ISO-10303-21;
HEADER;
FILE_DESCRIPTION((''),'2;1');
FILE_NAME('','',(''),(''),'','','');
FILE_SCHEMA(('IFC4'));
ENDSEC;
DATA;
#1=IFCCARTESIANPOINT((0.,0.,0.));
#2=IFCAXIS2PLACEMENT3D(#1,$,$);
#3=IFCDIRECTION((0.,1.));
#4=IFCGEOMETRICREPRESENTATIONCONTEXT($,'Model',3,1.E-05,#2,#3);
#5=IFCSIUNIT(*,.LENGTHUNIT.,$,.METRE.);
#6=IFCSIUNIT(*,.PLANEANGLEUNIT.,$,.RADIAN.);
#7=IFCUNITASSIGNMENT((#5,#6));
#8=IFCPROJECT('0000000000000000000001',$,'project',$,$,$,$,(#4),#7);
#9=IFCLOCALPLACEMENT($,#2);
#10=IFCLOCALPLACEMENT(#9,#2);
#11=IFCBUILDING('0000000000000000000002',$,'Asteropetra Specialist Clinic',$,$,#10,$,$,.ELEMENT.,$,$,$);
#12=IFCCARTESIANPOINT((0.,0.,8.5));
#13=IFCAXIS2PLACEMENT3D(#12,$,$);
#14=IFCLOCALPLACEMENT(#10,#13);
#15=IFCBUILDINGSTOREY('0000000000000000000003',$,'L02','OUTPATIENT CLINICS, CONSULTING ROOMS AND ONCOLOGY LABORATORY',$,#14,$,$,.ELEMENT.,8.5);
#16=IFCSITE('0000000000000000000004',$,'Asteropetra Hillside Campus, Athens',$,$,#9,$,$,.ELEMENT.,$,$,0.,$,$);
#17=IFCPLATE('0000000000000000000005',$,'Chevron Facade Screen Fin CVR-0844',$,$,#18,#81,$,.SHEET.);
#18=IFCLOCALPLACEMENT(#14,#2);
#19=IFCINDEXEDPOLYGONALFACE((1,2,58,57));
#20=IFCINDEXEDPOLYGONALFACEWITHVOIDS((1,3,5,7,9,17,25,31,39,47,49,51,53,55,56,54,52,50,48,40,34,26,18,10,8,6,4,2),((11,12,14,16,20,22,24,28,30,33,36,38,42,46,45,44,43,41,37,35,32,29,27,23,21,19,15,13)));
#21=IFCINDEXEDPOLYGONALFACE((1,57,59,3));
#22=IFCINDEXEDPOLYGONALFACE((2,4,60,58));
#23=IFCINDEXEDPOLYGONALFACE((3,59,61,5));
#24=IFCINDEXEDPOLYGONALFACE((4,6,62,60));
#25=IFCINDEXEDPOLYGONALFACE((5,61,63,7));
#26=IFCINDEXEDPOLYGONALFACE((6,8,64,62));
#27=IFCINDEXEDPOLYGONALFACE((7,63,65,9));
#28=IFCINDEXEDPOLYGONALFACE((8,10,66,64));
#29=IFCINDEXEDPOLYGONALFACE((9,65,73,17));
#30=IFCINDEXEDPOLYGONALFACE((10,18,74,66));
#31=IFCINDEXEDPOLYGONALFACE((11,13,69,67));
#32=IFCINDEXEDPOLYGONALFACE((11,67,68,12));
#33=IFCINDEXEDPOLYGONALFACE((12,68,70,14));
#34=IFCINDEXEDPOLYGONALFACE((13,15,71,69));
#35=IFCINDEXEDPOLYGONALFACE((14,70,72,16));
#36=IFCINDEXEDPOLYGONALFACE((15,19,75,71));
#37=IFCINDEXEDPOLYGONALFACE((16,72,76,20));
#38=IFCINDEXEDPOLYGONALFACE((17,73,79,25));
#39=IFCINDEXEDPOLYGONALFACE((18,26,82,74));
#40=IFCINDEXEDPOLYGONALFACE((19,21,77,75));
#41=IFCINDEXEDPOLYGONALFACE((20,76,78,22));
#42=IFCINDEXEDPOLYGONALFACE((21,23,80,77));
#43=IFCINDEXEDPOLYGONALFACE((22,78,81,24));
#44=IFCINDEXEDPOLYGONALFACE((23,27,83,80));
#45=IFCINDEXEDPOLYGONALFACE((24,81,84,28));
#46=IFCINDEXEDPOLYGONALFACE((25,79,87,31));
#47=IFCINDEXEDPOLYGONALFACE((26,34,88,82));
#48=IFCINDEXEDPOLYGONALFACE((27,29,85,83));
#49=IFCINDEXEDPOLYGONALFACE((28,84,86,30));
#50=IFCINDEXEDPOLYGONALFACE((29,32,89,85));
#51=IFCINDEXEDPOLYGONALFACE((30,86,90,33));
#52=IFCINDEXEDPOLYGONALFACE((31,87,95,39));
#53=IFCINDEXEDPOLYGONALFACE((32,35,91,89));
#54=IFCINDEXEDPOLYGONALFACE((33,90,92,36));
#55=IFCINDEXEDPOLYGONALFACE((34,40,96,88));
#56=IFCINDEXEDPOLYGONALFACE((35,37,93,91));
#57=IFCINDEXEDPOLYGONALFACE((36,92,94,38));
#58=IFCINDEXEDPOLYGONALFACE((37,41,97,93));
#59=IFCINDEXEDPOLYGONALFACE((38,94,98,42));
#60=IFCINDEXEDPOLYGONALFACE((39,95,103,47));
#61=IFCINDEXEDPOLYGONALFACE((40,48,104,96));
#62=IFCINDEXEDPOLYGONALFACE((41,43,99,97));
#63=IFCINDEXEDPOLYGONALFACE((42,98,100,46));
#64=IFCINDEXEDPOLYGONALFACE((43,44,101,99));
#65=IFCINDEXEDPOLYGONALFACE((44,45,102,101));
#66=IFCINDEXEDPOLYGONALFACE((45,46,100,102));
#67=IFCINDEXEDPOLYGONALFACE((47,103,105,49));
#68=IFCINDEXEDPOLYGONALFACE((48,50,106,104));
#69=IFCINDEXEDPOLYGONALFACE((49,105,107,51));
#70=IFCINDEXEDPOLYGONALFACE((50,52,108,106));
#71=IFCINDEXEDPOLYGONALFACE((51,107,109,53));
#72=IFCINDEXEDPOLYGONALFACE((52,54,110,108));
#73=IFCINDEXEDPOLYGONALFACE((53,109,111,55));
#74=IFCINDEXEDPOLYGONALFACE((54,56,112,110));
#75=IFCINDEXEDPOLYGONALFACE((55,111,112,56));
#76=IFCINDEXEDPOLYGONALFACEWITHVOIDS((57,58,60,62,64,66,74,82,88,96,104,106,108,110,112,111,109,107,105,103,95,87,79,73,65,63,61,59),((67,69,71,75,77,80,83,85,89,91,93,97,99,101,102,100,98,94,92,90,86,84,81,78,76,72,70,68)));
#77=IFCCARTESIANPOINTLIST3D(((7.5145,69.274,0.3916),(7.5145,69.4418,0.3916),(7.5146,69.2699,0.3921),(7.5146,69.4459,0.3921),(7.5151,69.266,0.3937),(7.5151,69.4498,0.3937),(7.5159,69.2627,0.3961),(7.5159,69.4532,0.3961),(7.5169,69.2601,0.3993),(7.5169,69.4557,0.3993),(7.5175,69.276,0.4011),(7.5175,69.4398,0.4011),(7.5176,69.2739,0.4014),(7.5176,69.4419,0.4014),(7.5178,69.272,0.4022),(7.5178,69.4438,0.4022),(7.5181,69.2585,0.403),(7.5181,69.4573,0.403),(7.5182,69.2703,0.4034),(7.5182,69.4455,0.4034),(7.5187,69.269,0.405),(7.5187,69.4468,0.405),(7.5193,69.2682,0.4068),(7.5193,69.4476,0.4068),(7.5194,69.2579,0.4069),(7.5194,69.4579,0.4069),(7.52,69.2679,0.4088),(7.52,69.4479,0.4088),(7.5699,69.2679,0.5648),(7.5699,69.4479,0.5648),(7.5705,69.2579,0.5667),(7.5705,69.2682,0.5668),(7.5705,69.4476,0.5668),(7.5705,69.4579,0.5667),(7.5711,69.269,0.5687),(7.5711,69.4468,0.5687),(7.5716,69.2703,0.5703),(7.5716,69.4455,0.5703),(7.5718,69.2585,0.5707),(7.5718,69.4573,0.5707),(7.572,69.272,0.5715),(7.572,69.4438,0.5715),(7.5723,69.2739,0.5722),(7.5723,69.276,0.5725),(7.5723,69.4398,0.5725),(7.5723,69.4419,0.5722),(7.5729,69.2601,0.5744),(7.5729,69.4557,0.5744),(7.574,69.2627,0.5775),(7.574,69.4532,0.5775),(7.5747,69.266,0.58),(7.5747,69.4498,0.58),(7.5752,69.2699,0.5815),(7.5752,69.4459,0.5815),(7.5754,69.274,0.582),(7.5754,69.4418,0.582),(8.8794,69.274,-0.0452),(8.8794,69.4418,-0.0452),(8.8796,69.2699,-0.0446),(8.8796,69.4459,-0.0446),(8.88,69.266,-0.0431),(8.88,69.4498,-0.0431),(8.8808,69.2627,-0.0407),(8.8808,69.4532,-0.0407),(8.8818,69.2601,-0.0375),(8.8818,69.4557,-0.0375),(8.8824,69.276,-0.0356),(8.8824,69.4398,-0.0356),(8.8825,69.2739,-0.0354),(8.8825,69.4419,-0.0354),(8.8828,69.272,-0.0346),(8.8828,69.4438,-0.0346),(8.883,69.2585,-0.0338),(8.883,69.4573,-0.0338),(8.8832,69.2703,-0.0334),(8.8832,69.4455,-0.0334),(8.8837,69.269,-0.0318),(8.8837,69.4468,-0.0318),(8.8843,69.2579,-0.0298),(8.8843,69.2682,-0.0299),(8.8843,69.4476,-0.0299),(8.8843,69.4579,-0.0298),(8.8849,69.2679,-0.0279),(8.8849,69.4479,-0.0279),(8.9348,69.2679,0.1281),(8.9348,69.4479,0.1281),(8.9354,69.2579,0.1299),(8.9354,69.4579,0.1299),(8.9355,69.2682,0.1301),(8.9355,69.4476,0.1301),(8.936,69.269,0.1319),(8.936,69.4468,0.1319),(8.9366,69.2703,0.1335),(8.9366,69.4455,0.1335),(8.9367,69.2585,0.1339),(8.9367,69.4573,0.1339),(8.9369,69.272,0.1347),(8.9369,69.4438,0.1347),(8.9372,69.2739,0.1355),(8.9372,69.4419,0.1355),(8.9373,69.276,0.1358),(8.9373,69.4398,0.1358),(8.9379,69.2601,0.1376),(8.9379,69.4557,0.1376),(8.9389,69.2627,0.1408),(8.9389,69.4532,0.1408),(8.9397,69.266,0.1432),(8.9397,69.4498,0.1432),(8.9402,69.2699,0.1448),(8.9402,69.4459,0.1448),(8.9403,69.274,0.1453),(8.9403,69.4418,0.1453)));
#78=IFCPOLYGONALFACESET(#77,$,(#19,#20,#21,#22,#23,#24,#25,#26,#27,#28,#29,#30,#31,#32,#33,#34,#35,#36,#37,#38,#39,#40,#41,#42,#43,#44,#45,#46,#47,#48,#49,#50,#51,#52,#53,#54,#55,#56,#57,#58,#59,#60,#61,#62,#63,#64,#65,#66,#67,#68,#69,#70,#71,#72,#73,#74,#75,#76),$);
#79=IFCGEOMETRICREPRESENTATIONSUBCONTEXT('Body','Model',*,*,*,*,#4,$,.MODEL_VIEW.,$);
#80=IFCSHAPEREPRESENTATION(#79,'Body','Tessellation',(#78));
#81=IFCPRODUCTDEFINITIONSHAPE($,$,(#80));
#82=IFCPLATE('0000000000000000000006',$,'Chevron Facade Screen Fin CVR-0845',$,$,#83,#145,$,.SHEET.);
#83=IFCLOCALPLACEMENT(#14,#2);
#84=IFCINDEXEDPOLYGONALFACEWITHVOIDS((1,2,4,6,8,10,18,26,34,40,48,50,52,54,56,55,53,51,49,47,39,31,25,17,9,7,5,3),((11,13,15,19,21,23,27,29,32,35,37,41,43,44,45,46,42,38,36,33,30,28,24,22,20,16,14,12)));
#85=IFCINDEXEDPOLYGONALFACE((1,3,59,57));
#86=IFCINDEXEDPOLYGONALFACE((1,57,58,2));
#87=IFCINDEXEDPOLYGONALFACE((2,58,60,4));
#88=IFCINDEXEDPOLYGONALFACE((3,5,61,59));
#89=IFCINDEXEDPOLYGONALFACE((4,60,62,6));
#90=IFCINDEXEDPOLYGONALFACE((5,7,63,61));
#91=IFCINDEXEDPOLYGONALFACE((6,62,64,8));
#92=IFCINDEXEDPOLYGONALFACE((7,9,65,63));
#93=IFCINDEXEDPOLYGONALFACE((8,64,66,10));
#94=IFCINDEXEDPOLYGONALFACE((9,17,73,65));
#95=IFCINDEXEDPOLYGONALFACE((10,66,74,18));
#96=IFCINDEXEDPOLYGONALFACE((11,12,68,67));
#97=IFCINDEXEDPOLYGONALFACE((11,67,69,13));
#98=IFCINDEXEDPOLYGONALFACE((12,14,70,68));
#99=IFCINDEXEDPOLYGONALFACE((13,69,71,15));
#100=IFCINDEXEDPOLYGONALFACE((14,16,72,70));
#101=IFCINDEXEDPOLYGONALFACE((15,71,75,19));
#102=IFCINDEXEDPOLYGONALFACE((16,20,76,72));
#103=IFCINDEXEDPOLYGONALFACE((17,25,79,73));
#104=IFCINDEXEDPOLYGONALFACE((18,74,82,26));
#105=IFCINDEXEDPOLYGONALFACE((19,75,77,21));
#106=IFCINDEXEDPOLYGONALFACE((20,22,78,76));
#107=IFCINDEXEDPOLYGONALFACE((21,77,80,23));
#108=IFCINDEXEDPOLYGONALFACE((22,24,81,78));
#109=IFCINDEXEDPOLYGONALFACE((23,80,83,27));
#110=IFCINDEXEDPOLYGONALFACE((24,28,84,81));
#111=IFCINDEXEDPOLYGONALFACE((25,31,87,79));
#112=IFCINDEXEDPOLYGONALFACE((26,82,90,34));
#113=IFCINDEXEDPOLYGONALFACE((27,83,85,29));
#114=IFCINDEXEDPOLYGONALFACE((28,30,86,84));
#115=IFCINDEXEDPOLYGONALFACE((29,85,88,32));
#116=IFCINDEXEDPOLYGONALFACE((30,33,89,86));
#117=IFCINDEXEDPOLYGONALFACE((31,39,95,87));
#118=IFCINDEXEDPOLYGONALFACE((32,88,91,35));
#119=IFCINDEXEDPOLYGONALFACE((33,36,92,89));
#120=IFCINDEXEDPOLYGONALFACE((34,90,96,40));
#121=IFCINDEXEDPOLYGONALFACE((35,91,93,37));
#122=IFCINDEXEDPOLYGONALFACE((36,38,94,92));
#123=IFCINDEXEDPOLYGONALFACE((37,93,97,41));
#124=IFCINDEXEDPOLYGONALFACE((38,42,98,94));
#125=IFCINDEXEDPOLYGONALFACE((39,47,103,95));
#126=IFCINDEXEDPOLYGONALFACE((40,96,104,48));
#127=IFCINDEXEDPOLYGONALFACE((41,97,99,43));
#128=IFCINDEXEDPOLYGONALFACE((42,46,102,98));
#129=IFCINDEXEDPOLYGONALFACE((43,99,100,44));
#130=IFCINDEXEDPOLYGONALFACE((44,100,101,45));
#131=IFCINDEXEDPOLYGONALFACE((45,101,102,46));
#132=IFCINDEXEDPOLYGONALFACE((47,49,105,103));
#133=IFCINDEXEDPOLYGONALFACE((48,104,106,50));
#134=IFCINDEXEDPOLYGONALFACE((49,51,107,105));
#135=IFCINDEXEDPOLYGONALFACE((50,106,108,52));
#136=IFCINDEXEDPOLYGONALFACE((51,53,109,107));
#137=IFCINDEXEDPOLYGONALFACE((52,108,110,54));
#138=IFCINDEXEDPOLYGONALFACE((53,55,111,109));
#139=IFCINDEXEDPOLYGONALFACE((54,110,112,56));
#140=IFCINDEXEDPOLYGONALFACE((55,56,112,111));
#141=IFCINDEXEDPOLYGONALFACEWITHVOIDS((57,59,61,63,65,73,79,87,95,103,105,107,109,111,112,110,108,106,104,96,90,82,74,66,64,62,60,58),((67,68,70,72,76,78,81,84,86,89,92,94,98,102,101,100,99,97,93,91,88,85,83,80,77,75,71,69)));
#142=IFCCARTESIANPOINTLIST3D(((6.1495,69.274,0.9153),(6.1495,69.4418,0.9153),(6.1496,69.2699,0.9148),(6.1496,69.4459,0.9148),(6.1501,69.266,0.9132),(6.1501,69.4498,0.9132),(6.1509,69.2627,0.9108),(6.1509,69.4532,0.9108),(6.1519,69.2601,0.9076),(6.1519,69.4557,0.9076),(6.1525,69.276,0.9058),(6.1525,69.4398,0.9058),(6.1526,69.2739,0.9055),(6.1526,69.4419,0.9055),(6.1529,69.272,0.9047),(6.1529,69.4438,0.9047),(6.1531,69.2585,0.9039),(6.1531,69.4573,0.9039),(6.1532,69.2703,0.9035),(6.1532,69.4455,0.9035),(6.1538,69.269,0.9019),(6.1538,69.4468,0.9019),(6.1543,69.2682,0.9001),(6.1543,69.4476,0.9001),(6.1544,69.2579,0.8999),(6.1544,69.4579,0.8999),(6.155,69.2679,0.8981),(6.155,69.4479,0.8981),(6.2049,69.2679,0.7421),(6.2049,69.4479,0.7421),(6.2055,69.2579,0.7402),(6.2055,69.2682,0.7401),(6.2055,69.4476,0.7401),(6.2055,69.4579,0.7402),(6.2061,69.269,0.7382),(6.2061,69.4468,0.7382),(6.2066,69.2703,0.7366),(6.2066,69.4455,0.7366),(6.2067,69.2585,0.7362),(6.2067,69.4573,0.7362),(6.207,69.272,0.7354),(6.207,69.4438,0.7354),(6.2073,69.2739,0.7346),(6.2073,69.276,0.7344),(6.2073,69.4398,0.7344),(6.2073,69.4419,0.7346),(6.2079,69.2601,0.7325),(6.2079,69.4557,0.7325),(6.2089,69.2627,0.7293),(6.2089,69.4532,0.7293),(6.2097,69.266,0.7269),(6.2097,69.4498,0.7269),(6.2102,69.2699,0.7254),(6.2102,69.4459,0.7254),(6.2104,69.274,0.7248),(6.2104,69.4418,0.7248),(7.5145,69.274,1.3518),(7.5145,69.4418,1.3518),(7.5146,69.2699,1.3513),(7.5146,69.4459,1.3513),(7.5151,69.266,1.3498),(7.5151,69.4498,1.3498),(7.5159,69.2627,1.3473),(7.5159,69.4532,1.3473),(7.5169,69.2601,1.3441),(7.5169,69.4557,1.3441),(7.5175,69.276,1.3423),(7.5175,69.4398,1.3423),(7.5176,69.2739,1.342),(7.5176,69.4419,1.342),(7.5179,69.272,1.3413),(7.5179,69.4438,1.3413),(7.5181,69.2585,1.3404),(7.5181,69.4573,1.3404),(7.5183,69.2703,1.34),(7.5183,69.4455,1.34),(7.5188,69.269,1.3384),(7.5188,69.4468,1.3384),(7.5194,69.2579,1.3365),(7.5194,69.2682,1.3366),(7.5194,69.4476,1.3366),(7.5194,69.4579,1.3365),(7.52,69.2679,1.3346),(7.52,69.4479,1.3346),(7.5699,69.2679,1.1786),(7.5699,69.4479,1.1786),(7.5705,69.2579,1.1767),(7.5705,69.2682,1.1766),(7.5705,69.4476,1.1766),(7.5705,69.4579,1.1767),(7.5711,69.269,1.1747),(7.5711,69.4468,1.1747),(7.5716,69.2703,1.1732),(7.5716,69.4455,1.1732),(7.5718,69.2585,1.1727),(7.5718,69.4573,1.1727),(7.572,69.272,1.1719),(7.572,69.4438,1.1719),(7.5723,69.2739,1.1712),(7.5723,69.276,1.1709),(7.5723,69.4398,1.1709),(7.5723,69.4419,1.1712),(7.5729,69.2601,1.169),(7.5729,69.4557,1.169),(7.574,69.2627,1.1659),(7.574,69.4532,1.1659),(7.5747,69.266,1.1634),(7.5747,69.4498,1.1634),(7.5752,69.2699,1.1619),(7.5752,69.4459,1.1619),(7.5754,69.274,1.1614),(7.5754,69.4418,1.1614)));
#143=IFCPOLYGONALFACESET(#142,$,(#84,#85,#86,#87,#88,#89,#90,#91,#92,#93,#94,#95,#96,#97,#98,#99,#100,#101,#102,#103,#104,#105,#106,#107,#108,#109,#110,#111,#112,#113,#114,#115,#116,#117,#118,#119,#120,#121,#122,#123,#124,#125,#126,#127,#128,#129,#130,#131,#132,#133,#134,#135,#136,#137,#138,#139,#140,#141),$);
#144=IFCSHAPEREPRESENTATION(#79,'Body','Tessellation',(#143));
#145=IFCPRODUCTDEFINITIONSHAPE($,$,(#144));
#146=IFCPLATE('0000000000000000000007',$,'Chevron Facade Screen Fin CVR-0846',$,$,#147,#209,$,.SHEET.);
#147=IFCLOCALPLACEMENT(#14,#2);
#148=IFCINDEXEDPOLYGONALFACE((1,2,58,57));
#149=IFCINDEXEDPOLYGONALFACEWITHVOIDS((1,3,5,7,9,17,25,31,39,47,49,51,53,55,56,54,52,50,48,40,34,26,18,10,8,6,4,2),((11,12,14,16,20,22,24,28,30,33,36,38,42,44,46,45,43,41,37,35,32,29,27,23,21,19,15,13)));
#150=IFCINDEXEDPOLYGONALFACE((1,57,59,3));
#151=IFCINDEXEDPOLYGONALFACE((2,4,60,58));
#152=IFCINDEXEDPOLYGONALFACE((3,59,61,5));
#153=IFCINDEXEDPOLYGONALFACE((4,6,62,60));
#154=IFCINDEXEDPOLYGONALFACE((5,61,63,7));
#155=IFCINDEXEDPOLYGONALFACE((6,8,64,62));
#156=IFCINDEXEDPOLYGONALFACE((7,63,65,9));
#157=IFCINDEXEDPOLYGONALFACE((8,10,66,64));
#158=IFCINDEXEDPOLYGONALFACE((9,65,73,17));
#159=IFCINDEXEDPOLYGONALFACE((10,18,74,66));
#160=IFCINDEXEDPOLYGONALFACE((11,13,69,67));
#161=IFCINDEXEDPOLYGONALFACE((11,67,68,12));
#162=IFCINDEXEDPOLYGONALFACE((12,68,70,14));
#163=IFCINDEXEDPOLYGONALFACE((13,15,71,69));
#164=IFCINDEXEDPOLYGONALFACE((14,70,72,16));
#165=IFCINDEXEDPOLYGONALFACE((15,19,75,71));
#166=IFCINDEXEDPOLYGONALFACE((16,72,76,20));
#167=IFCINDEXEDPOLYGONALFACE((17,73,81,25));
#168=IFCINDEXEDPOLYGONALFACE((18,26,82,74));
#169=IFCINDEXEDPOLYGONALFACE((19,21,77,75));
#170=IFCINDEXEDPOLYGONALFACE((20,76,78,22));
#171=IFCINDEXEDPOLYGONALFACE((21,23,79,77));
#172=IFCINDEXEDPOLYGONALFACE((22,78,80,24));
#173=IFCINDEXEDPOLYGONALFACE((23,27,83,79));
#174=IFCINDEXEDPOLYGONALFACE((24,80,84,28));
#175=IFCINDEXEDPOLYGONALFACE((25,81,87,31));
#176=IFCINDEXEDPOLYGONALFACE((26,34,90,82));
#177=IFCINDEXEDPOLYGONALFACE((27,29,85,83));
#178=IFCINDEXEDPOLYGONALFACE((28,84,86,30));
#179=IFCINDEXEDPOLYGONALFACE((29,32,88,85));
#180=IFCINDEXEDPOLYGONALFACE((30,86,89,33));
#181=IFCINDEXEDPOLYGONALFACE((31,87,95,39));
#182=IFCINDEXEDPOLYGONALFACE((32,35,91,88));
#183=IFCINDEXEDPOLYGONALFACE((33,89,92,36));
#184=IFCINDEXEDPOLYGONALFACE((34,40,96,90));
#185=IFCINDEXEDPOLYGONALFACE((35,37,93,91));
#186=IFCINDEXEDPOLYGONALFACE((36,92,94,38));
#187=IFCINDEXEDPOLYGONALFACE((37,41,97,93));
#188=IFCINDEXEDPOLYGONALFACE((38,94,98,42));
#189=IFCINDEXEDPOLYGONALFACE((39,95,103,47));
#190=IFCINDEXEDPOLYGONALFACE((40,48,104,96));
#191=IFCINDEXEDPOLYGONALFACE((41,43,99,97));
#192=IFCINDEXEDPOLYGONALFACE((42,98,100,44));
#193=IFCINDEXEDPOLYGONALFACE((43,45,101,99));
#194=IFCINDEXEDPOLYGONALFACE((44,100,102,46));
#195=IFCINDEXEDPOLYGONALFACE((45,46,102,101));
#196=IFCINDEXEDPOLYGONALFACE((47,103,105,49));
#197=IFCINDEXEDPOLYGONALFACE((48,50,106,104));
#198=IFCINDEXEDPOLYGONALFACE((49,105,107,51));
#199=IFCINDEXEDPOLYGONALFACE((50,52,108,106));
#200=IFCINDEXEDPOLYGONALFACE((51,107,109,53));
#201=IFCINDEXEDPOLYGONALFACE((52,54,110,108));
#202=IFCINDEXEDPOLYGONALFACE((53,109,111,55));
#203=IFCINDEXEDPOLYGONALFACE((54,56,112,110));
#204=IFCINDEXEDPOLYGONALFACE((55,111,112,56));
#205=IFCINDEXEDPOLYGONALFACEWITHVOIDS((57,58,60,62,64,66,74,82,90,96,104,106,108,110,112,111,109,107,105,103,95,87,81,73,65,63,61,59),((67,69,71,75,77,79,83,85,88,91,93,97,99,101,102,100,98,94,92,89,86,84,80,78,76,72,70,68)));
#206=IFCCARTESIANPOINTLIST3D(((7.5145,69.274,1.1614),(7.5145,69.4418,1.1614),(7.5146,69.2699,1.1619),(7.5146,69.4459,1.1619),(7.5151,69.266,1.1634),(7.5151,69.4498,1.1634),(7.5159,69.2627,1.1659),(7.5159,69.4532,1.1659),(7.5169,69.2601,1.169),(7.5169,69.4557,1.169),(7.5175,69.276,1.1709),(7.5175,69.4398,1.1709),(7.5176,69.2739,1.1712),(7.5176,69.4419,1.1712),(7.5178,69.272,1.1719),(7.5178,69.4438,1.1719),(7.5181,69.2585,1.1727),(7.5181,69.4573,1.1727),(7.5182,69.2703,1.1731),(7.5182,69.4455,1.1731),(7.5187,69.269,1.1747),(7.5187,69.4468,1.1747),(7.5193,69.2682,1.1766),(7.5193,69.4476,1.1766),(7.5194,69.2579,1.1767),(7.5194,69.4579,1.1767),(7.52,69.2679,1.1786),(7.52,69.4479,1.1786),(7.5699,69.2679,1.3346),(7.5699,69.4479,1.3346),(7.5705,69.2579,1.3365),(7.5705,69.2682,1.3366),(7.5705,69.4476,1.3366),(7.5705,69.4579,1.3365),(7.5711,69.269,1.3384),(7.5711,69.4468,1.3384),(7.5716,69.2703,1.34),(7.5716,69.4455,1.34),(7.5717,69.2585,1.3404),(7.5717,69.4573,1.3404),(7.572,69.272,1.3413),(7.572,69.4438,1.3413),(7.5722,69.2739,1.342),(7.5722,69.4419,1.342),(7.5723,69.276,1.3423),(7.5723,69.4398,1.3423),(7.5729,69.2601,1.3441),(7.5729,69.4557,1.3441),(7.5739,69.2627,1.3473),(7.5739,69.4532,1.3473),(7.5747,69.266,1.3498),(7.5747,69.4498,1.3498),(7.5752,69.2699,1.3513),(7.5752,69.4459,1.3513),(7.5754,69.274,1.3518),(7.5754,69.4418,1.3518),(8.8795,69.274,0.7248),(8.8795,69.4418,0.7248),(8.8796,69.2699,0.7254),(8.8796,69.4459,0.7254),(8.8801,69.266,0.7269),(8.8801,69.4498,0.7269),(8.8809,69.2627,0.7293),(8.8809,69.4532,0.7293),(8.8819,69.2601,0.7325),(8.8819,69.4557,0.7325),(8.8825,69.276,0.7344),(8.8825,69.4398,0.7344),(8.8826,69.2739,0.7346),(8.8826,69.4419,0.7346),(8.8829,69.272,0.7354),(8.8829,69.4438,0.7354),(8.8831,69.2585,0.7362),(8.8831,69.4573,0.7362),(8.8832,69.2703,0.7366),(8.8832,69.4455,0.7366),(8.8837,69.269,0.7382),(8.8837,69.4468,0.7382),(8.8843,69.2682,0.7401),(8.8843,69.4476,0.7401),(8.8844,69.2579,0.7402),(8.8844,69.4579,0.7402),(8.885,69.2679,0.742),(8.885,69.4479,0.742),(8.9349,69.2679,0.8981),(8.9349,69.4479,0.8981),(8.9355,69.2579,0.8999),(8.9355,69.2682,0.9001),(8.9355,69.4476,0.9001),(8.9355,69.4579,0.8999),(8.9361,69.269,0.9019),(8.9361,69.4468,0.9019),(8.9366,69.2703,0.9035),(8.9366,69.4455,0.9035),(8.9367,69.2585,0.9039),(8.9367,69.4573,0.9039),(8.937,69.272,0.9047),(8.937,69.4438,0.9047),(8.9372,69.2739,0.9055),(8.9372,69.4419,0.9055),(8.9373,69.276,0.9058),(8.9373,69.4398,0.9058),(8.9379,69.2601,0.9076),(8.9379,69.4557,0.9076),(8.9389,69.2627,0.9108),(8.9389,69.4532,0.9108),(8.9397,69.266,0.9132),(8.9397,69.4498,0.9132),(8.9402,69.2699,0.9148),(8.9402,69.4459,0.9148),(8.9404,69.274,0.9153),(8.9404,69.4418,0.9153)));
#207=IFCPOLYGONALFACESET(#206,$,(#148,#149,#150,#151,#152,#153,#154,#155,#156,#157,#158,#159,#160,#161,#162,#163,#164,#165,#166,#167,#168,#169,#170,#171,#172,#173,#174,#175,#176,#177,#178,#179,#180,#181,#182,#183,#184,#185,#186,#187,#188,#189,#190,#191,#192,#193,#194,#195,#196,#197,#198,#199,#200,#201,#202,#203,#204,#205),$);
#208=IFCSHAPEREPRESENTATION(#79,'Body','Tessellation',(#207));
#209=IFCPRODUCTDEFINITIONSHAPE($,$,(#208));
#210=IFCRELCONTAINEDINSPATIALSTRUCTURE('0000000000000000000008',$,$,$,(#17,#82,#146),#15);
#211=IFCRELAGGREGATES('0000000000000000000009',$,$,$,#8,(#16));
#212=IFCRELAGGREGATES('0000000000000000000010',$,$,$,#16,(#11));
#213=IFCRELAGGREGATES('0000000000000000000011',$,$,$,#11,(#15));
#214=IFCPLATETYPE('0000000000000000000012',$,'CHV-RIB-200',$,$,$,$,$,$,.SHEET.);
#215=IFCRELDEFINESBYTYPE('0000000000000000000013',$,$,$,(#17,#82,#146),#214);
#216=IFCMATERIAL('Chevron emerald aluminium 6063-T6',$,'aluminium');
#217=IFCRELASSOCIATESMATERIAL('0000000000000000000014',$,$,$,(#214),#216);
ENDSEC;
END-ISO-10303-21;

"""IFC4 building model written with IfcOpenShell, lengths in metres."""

from ifc_helpers import new_model, si_unit, direction, frame, origin, origin_2d, place, context, subcontext, project, spatial, hollow_rectangle, extrude, material, material_profile, profile_set, type_object, element, save


model = new_model("IFC4")

# Units and contexts
model_context = context("Model", 3, precision=1e-05, world=origin(), true_north=direction((0.0, 1.0)))
body_context = subcontext(model_context, "Body", "Model", "MODEL_VIEW")
ifc_project = project(units=[si_unit("LENGTHUNIT", "METRE"), si_unit("PLANEANGLEUNIT", "RADIAN")], contexts=[model_context])

# Site, building, storey
site_placement = place(None, origin())
site = spatial("IfcSite", under=ifc_project, at=site_placement, Name="Asteropetra Hillside Campus, Athens", CompositionType="ELEMENT", RefElevation=0.0)
building_placement = place(site_placement, origin())
building = spatial("IfcBuilding", under=site, at=building_placement, Name="Asteropetra Specialist Clinic", CompositionType="ELEMENT")
storey_placement = place(building_placement, frame((0.0, 0.0, 8.5)))
storey = spatial("IfcBuildingStorey", under=building, at=storey_placement, Name="L02", Description="OUTPATIENT CLINICS, CONSULTING ROOMS AND ONCOLOGY LABORATORY", CompositionType="ELEMENT", Elevation=8.5)

# Plates
ifc_material_1 = material(Name="Chevron emerald aluminium 6063-T6", Category="aluminium")
ifc_material_profile_1 = material_profile(ifc_material_1, hollow_rectangle(XDim=0.2, YDim=0.2, WallThickness=0.01, InnerFilletRadius=0.0081, OuterFilletRadius=0.0161, at=origin_2d()), Name="SHS 200x200x10.0")
ifc_profile_set_1 = profile_set([ifc_material_profile_1], Name="Chevron emerald aluminium 6063-T6")
plate_type_1 = type_object("IfcPlateType", Name="CHV-RIB-200", PredefinedType="SHEET", material=ifc_profile_set_1)
for number, where, z_axis, x_axis, name in (
    (1, (7.5449, 69.3579, 0.4868), (0.95243, 0.0, -0.304757), (0.0, 1.0, 0.0), "Chevron Facade Screen Fin CVR-0844"),
    (2, (6.1799, 69.3579, 0.8201), (0.95248, 0.0, 0.304603), (0.0, 1.0, 0.0), "Chevron Facade Screen Fin CVR-0845"),
    (3, (7.5449, 69.3579, 1.2566), (0.95248, 0.0, -0.304603), (0.0, 1.0, 0.0), "Chevron Facade Screen Fin CVR-0846"),
):
    element("IfcPlate", number, at=place(storey_placement, frame(where, z_axis=z_axis, x_axis=x_axis)), inside=storey, type_object=plate_type_1, Name=name, PredefinedType="SHEET", context=body_context, shape_type="SweptSolid", body=[
        extrude(hollow_rectangle(XDim=0.2, YDim=0.2, WallThickness=0.01, InnerFilletRadius=0.0081, OuterFilletRadius=0.0161, at=origin_2d()), origin(), (0.0, 0.0, 1.0), 1.4331),
    ])

save(model, "model.ifc")
